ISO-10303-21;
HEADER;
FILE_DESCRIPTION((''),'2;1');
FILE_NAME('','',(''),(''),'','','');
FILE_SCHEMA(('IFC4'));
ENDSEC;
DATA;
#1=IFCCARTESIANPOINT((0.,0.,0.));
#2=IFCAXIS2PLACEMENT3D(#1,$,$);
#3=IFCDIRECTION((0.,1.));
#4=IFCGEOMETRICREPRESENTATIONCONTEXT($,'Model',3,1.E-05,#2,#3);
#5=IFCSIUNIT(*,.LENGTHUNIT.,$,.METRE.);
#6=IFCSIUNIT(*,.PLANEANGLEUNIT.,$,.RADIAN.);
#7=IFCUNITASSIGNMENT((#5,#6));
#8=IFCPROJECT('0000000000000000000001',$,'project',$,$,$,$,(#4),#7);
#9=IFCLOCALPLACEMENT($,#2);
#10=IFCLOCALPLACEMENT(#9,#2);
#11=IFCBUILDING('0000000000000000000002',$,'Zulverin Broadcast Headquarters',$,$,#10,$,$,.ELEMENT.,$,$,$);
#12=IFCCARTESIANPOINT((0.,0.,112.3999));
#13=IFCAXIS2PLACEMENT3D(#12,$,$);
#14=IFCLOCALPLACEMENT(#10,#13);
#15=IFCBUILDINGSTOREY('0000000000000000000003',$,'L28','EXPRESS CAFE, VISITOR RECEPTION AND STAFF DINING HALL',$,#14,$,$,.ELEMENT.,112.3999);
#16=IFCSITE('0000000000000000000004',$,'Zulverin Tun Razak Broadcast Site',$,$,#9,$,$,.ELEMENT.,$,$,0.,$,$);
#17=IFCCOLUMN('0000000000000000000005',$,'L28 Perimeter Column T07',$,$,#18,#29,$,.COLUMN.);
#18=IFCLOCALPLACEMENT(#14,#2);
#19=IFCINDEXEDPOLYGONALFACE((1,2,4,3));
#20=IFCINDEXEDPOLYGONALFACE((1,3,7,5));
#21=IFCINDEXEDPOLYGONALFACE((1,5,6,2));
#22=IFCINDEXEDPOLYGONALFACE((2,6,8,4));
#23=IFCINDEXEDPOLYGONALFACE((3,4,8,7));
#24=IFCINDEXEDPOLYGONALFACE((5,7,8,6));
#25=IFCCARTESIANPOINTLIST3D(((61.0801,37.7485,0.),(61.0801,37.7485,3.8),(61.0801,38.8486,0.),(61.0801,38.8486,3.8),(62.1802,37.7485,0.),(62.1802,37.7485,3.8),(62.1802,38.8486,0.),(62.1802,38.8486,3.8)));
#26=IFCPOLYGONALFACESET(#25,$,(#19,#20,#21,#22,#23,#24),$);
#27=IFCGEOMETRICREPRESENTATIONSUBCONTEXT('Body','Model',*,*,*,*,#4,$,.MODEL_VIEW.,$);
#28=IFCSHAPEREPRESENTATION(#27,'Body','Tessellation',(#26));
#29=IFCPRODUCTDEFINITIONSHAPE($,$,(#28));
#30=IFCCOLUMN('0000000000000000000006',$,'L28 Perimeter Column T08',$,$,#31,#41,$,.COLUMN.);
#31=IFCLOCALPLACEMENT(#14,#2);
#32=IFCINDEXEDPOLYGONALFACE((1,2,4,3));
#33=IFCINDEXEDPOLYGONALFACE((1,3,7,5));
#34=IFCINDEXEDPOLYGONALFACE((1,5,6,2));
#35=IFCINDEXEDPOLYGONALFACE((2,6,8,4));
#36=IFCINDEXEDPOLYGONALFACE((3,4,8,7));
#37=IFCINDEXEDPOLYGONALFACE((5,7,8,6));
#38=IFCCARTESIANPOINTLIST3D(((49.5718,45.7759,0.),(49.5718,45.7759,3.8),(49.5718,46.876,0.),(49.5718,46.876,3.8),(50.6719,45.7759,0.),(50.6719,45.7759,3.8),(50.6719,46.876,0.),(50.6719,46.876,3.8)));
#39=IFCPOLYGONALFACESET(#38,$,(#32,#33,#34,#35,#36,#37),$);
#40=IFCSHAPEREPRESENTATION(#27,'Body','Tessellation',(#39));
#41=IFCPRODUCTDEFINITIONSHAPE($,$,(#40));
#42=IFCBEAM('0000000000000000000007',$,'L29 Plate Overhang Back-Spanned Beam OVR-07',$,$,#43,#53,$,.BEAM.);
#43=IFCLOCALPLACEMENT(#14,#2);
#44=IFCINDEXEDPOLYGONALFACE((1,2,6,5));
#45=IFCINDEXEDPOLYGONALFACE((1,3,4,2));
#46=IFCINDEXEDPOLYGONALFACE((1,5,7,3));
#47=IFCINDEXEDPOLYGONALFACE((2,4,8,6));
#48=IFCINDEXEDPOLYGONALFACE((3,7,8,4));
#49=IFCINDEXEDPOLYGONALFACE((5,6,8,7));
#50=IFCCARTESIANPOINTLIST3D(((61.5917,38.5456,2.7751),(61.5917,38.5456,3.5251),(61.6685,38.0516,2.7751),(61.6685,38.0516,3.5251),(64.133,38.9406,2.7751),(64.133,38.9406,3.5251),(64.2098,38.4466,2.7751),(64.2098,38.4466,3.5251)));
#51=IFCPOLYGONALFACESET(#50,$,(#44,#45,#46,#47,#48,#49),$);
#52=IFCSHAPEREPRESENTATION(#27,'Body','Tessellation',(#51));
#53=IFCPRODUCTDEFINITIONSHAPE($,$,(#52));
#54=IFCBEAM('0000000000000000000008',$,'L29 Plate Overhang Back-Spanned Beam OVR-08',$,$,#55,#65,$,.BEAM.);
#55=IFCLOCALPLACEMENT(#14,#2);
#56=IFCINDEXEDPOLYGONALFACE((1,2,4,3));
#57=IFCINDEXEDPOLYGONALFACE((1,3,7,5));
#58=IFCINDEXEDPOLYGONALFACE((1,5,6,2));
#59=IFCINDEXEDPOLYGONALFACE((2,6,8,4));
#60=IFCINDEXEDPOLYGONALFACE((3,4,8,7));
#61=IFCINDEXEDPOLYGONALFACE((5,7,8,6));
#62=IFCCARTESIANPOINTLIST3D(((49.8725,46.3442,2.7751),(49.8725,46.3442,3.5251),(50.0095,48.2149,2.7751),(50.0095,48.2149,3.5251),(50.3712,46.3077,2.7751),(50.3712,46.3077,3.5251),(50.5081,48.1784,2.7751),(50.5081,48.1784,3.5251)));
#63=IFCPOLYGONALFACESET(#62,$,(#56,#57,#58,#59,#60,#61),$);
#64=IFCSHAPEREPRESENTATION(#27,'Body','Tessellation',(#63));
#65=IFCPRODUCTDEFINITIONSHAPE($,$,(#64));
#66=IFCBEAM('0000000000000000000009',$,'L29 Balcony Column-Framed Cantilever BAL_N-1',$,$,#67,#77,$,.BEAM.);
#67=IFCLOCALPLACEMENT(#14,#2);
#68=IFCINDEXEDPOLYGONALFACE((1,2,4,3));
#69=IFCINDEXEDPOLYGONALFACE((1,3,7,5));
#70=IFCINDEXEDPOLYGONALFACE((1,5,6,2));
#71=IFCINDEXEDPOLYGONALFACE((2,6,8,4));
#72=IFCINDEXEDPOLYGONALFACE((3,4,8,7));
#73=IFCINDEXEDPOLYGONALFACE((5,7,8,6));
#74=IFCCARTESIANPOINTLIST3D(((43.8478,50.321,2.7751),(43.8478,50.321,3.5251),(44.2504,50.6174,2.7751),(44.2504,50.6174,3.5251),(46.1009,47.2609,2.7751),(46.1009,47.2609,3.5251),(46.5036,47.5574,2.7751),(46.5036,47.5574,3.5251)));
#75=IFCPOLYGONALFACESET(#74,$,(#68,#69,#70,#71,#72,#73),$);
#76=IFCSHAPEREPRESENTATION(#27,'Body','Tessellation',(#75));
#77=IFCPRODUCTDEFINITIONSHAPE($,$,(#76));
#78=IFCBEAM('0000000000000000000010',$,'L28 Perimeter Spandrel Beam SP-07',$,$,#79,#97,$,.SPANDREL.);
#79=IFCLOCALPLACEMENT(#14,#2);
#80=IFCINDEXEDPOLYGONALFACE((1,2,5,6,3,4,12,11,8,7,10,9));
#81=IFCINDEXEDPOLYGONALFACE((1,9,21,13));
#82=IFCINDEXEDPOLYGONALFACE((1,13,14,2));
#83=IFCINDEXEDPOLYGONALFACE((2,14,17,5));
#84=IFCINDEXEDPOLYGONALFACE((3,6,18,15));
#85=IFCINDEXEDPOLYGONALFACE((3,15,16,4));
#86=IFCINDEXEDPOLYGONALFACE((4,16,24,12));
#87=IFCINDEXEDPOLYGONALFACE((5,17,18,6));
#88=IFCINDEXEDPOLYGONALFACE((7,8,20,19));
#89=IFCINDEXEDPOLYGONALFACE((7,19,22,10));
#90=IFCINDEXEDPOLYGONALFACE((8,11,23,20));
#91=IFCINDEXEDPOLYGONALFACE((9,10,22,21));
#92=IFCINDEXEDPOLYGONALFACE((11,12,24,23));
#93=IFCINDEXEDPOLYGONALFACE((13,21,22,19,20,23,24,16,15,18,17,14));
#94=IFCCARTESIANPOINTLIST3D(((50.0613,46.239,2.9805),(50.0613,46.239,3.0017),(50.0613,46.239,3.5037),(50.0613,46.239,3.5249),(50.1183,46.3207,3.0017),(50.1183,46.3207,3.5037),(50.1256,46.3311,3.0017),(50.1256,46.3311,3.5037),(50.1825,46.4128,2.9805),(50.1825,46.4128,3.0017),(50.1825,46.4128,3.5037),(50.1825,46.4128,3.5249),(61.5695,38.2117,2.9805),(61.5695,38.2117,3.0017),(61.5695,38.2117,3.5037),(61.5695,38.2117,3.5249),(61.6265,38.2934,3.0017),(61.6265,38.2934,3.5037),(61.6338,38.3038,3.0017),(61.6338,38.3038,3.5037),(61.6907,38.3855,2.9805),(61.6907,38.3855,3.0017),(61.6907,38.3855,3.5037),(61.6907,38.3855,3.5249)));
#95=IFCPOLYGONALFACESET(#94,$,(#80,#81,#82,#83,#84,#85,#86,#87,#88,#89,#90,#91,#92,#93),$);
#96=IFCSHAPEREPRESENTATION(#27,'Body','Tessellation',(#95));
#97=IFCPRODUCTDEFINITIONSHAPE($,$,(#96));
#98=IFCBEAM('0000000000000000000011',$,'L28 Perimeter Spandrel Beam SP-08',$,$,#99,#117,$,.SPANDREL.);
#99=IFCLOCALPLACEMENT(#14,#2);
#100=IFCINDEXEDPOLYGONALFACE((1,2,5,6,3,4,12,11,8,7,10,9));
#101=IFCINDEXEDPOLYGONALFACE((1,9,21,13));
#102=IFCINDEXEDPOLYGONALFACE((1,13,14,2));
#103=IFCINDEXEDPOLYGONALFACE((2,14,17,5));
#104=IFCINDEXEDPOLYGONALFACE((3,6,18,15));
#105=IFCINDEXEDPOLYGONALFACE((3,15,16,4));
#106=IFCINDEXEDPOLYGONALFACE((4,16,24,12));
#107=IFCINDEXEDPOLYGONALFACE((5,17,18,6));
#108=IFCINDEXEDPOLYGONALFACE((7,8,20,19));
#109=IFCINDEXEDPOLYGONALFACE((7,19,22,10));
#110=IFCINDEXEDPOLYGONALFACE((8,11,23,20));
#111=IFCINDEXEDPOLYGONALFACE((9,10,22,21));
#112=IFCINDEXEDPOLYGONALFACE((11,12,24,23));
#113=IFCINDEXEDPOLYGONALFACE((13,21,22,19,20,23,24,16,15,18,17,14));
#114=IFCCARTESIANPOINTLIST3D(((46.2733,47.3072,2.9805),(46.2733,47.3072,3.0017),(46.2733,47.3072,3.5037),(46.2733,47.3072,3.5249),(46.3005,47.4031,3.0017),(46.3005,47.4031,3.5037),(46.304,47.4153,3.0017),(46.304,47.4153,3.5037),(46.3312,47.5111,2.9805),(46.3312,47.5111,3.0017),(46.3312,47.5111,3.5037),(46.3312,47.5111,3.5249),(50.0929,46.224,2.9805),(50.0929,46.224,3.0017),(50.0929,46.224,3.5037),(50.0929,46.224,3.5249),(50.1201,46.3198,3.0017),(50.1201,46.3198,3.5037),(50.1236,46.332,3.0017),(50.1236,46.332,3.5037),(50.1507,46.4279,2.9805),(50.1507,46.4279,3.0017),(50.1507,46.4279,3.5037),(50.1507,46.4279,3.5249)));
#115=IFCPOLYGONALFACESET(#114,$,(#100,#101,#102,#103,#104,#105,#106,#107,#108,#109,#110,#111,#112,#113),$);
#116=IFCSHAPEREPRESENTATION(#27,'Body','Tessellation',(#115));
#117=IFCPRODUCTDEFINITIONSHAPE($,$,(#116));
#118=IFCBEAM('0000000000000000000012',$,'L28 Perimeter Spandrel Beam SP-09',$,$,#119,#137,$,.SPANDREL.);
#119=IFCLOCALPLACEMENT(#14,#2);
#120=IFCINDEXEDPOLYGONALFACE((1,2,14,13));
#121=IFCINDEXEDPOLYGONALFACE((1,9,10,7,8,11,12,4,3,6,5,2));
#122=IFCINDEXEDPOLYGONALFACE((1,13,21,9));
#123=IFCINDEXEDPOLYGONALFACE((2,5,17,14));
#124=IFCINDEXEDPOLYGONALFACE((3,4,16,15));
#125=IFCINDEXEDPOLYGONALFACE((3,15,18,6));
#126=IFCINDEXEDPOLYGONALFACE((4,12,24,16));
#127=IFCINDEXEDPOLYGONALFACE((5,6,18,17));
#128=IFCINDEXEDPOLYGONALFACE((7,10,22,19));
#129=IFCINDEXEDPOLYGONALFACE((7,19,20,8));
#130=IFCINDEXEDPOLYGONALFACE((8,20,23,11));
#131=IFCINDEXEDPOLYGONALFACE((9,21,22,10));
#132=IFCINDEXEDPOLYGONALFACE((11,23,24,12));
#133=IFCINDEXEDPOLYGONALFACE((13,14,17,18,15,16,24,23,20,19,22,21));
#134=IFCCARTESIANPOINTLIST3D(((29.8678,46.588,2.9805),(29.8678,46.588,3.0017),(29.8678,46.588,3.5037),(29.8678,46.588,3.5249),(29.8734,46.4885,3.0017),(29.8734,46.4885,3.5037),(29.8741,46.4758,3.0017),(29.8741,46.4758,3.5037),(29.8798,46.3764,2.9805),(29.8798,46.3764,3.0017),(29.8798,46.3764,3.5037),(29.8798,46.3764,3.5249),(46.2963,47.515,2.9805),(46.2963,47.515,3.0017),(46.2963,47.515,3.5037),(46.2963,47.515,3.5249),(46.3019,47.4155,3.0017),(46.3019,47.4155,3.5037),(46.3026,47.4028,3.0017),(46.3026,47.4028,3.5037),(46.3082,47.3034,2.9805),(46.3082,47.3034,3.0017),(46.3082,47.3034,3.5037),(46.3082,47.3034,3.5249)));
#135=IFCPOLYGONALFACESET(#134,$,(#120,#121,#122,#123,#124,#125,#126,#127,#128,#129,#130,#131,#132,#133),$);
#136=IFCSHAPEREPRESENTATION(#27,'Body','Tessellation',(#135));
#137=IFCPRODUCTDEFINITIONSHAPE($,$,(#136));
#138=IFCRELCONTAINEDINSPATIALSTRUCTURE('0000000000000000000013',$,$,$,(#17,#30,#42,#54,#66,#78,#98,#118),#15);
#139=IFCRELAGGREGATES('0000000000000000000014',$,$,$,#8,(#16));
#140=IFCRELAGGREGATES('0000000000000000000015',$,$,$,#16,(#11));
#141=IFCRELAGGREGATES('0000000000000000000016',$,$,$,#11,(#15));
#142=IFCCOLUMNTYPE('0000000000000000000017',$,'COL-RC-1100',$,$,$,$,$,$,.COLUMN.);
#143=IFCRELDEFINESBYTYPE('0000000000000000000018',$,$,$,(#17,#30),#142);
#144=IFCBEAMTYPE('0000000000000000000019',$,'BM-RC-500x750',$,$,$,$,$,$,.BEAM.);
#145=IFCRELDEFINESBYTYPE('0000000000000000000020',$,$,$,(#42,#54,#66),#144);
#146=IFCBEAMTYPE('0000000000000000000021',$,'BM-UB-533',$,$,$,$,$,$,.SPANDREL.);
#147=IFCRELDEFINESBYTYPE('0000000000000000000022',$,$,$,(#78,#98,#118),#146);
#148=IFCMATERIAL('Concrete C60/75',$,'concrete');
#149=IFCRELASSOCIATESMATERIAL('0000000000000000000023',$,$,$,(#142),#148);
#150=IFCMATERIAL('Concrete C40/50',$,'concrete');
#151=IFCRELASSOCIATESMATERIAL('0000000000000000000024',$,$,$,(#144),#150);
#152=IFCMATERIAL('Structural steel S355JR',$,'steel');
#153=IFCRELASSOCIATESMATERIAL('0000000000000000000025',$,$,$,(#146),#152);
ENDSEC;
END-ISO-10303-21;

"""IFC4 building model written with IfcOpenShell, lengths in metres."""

from ifc_helpers import new_model, si_unit, direction, frame, origin, origin_2d, place, context, subcontext, project, spatial, rectangle, i_section, extrude, material, material_profile, profile_set, type_object, element, save


model = new_model("IFC4")

# Units and contexts
model_context = context("Model", 3, precision=1e-05, world=origin(), true_north=direction((0.0, 1.0)))
body_context = subcontext(model_context, "Body", "Model", "MODEL_VIEW")
ifc_project = project(units=[si_unit("LENGTHUNIT", "METRE"), si_unit("PLANEANGLEUNIT", "RADIAN")], contexts=[model_context])

# Site, building, storey
site_placement = place(None, origin())
site = spatial("IfcSite", under=ifc_project, at=site_placement, Name="Zulverin Tun Razak Broadcast Site", CompositionType="ELEMENT", RefElevation=0.0)
building_placement = place(site_placement, origin())
building = spatial("IfcBuilding", under=site, at=building_placement, Name="Zulverin Broadcast Headquarters", CompositionType="ELEMENT")
storey_placement = place(building_placement, frame((0.0, 0.0, 112.3999)))
storey = spatial("IfcBuildingStorey", under=building, at=storey_placement, Name="L28", Description="EXPRESS CAFE, VISITOR RECEPTION AND STAFF DINING HALL", CompositionType="ELEMENT", Elevation=112.3999)

# Columns
ifc_material_1 = material(Name="Concrete C60/75", Category="concrete")
ifc_material_profile_1 = material_profile(ifc_material_1, rectangle(XDim=1.1001, YDim=1.1001, at=origin_2d()), Name="Concrete C60/75", Category="concrete")
ifc_profile_set_1 = profile_set([ifc_material_profile_1], Name="Concrete C60/75")
column_type = type_object("IfcColumnType", Name="COL-RC-1100", PredefinedType="COLUMN", material=ifc_profile_set_1)
for number, where, z_axis, x_axis, name in (
    (1, (61.6301, 38.2986, 0.0), (0.0, 0.0, 1.0), (1.0, 0.0, 0.0), "L28 Perimeter Column T07"),
    (2, (50.1218, 46.3259, 0.0), (0.0, 0.0, 1.0), (1.0, 0.0, 0.0), "L28 Perimeter Column T08"),
):
    element("IfcColumn", number, at=place(storey_placement, frame(where, z_axis=z_axis, x_axis=x_axis)), inside=storey, type_object=column_type, Name=name, PredefinedType="COLUMN", context=body_context, shape_type="SweptSolid", body=[
        extrude(rectangle(XDim=1.1001, YDim=1.1001, at=origin_2d()), origin(), (0.0, 0.0, 1.0), 3.8),
    ])

# Beams
ifc_material_2 = material(Name="Concrete C40/50", Category="concrete")
ifc_material_profile_2 = material_profile(ifc_material_2, rectangle(XDim=0.5, YDim=0.75, at=origin_2d()), Name="Concrete C40/50", Category="concrete")
ifc_profile_set_2 = profile_set([ifc_material_profile_2], Name="Concrete C40/50")
beam_type_1 = type_object("IfcBeamType", Name="BM-RC-500x750", PredefinedType="BEAM", material=ifc_profile_set_2)
beam_1_placement = place(storey_placement, frame((61.6301, 38.2986, 3.1501), z_axis=(0.988133, 0.153598, 0.0), x_axis=(-0.153598, 0.988133, 0.0)))
element("IfcBeam", 3, at=beam_1_placement, inside=storey, type_object=beam_type_1, Name="L29 Plate Overhang Back-Spanned Beam OVR-07", PredefinedType="BEAM", context=body_context, shape_type="SweptSolid", body=[
    extrude(rectangle(XDim=0.5, YDim=0.75, at=origin_2d()), origin(), (0.0, 0.0, 1.0), 2.5718),
])
beam_2_placement = place(storey_placement, frame((50.1218, 46.3259, 3.1501), z_axis=(0.073023, 0.99733, 0.0), x_axis=(-0.99733, 0.073023, 0.0)))
element("IfcBeam", 4, at=beam_2_placement, inside=storey, type_object=beam_type_1, Name="L29 Plate Overhang Back-Spanned Beam OVR-08", PredefinedType="BEAM", context=body_context, shape_type="SweptSolid", body=[
    extrude(rectangle(XDim=0.5, YDim=0.75, at=origin_2d()), origin(), (0.0, 0.0, 1.0), 1.8757),
])
beam_3_placement = place(storey_placement, frame((46.3022, 47.4092, 3.1501), z_axis=(-0.592925, 0.805258, 0.0), x_axis=(-0.805258, -0.592925, 0.0)))
element("IfcBeam", 5, at=beam_3_placement, inside=storey, type_object=beam_type_1, Name="L29 Balcony Column-Framed Cantilever BAL_N-1", PredefinedType="BEAM", context=body_context, shape_type="SweptSolid", body=[
    extrude(rectangle(XDim=0.5, YDim=0.75, at=origin_2d()), origin(), (0.0, 0.0, 1.0), 3.8),
])
ifc_material_3 = material(Name="Structural steel S355JR", Category="steel")
ifc_material_profile_3 = material_profile(ifc_material_3, i_section(OverallWidth=0.2119, OverallDepth=0.5444, WebThickness=0.0127, FlangeThickness=0.0212, at=origin_2d()), Name="Structural steel S355JR", Category="steel")
ifc_profile_set_3 = profile_set([ifc_material_profile_3], Name="Structural steel S355JR")
beam_type_2 = type_object("IfcBeamType", Name="BM-UB-533", PredefinedType="SPANDREL", material=ifc_profile_set_3)
beam_4_placement = place(storey_placement, frame((61.6301, 38.2986, 3.2527), z_axis=(-0.820184, 0.5721, 0.0), x_axis=(-0.5721, -0.820184, 0.0)))
element("IfcBeam", 6, at=beam_4_placement, inside=storey, type_object=beam_type_2, Name="L28 Perimeter Spandrel Beam SP-07", PredefinedType="SPANDREL", context=body_context, shape_type="SweptSolid", body=[
    extrude(i_section(OverallWidth=0.2119, OverallDepth=0.5444, WebThickness=0.0127, FlangeThickness=0.0212, at=origin_2d()), origin(), (0.0, 0.0, 1.0), 14.0312),
])
beam_5_placement = place(storey_placement, frame((50.1218, 46.3259, 3.2527), z_axis=(-0.962058, 0.272844, 0.0), x_axis=(-0.272844, -0.962058, 0.0)))
element("IfcBeam", 7, at=beam_5_placement, inside=storey, type_object=beam_type_2, Name="L28 Perimeter Spandrel Beam SP-08", PredefinedType="SPANDREL", context=body_context, shape_type="SweptSolid", body=[
    extrude(i_section(OverallWidth=0.2119, OverallDepth=0.5444, WebThickness=0.0127, FlangeThickness=0.0212, at=origin_2d()), origin(), (0.0, 0.0, 1.0), 3.9702),
])
beam_6_placement = place(storey_placement, frame((46.3022, 47.4092, 3.2527), z_axis=(-0.998412, -0.056337, 0.0), x_axis=(0.056337, -0.998412, 0.0)))
element("IfcBeam", 8, at=beam_6_placement, inside=storey, type_object=beam_type_2, Name="L28 Perimeter Spandrel Beam SP-09", PredefinedType="SPANDREL", context=body_context, shape_type="SweptSolid", body=[
    extrude(i_section(OverallWidth=0.2119, OverallDepth=0.5444, WebThickness=0.0127, FlangeThickness=0.0212, at=origin_2d()), origin(), (0.0, 0.0, 1.0), 16.4546),
])

save(model, "model.ifc")
